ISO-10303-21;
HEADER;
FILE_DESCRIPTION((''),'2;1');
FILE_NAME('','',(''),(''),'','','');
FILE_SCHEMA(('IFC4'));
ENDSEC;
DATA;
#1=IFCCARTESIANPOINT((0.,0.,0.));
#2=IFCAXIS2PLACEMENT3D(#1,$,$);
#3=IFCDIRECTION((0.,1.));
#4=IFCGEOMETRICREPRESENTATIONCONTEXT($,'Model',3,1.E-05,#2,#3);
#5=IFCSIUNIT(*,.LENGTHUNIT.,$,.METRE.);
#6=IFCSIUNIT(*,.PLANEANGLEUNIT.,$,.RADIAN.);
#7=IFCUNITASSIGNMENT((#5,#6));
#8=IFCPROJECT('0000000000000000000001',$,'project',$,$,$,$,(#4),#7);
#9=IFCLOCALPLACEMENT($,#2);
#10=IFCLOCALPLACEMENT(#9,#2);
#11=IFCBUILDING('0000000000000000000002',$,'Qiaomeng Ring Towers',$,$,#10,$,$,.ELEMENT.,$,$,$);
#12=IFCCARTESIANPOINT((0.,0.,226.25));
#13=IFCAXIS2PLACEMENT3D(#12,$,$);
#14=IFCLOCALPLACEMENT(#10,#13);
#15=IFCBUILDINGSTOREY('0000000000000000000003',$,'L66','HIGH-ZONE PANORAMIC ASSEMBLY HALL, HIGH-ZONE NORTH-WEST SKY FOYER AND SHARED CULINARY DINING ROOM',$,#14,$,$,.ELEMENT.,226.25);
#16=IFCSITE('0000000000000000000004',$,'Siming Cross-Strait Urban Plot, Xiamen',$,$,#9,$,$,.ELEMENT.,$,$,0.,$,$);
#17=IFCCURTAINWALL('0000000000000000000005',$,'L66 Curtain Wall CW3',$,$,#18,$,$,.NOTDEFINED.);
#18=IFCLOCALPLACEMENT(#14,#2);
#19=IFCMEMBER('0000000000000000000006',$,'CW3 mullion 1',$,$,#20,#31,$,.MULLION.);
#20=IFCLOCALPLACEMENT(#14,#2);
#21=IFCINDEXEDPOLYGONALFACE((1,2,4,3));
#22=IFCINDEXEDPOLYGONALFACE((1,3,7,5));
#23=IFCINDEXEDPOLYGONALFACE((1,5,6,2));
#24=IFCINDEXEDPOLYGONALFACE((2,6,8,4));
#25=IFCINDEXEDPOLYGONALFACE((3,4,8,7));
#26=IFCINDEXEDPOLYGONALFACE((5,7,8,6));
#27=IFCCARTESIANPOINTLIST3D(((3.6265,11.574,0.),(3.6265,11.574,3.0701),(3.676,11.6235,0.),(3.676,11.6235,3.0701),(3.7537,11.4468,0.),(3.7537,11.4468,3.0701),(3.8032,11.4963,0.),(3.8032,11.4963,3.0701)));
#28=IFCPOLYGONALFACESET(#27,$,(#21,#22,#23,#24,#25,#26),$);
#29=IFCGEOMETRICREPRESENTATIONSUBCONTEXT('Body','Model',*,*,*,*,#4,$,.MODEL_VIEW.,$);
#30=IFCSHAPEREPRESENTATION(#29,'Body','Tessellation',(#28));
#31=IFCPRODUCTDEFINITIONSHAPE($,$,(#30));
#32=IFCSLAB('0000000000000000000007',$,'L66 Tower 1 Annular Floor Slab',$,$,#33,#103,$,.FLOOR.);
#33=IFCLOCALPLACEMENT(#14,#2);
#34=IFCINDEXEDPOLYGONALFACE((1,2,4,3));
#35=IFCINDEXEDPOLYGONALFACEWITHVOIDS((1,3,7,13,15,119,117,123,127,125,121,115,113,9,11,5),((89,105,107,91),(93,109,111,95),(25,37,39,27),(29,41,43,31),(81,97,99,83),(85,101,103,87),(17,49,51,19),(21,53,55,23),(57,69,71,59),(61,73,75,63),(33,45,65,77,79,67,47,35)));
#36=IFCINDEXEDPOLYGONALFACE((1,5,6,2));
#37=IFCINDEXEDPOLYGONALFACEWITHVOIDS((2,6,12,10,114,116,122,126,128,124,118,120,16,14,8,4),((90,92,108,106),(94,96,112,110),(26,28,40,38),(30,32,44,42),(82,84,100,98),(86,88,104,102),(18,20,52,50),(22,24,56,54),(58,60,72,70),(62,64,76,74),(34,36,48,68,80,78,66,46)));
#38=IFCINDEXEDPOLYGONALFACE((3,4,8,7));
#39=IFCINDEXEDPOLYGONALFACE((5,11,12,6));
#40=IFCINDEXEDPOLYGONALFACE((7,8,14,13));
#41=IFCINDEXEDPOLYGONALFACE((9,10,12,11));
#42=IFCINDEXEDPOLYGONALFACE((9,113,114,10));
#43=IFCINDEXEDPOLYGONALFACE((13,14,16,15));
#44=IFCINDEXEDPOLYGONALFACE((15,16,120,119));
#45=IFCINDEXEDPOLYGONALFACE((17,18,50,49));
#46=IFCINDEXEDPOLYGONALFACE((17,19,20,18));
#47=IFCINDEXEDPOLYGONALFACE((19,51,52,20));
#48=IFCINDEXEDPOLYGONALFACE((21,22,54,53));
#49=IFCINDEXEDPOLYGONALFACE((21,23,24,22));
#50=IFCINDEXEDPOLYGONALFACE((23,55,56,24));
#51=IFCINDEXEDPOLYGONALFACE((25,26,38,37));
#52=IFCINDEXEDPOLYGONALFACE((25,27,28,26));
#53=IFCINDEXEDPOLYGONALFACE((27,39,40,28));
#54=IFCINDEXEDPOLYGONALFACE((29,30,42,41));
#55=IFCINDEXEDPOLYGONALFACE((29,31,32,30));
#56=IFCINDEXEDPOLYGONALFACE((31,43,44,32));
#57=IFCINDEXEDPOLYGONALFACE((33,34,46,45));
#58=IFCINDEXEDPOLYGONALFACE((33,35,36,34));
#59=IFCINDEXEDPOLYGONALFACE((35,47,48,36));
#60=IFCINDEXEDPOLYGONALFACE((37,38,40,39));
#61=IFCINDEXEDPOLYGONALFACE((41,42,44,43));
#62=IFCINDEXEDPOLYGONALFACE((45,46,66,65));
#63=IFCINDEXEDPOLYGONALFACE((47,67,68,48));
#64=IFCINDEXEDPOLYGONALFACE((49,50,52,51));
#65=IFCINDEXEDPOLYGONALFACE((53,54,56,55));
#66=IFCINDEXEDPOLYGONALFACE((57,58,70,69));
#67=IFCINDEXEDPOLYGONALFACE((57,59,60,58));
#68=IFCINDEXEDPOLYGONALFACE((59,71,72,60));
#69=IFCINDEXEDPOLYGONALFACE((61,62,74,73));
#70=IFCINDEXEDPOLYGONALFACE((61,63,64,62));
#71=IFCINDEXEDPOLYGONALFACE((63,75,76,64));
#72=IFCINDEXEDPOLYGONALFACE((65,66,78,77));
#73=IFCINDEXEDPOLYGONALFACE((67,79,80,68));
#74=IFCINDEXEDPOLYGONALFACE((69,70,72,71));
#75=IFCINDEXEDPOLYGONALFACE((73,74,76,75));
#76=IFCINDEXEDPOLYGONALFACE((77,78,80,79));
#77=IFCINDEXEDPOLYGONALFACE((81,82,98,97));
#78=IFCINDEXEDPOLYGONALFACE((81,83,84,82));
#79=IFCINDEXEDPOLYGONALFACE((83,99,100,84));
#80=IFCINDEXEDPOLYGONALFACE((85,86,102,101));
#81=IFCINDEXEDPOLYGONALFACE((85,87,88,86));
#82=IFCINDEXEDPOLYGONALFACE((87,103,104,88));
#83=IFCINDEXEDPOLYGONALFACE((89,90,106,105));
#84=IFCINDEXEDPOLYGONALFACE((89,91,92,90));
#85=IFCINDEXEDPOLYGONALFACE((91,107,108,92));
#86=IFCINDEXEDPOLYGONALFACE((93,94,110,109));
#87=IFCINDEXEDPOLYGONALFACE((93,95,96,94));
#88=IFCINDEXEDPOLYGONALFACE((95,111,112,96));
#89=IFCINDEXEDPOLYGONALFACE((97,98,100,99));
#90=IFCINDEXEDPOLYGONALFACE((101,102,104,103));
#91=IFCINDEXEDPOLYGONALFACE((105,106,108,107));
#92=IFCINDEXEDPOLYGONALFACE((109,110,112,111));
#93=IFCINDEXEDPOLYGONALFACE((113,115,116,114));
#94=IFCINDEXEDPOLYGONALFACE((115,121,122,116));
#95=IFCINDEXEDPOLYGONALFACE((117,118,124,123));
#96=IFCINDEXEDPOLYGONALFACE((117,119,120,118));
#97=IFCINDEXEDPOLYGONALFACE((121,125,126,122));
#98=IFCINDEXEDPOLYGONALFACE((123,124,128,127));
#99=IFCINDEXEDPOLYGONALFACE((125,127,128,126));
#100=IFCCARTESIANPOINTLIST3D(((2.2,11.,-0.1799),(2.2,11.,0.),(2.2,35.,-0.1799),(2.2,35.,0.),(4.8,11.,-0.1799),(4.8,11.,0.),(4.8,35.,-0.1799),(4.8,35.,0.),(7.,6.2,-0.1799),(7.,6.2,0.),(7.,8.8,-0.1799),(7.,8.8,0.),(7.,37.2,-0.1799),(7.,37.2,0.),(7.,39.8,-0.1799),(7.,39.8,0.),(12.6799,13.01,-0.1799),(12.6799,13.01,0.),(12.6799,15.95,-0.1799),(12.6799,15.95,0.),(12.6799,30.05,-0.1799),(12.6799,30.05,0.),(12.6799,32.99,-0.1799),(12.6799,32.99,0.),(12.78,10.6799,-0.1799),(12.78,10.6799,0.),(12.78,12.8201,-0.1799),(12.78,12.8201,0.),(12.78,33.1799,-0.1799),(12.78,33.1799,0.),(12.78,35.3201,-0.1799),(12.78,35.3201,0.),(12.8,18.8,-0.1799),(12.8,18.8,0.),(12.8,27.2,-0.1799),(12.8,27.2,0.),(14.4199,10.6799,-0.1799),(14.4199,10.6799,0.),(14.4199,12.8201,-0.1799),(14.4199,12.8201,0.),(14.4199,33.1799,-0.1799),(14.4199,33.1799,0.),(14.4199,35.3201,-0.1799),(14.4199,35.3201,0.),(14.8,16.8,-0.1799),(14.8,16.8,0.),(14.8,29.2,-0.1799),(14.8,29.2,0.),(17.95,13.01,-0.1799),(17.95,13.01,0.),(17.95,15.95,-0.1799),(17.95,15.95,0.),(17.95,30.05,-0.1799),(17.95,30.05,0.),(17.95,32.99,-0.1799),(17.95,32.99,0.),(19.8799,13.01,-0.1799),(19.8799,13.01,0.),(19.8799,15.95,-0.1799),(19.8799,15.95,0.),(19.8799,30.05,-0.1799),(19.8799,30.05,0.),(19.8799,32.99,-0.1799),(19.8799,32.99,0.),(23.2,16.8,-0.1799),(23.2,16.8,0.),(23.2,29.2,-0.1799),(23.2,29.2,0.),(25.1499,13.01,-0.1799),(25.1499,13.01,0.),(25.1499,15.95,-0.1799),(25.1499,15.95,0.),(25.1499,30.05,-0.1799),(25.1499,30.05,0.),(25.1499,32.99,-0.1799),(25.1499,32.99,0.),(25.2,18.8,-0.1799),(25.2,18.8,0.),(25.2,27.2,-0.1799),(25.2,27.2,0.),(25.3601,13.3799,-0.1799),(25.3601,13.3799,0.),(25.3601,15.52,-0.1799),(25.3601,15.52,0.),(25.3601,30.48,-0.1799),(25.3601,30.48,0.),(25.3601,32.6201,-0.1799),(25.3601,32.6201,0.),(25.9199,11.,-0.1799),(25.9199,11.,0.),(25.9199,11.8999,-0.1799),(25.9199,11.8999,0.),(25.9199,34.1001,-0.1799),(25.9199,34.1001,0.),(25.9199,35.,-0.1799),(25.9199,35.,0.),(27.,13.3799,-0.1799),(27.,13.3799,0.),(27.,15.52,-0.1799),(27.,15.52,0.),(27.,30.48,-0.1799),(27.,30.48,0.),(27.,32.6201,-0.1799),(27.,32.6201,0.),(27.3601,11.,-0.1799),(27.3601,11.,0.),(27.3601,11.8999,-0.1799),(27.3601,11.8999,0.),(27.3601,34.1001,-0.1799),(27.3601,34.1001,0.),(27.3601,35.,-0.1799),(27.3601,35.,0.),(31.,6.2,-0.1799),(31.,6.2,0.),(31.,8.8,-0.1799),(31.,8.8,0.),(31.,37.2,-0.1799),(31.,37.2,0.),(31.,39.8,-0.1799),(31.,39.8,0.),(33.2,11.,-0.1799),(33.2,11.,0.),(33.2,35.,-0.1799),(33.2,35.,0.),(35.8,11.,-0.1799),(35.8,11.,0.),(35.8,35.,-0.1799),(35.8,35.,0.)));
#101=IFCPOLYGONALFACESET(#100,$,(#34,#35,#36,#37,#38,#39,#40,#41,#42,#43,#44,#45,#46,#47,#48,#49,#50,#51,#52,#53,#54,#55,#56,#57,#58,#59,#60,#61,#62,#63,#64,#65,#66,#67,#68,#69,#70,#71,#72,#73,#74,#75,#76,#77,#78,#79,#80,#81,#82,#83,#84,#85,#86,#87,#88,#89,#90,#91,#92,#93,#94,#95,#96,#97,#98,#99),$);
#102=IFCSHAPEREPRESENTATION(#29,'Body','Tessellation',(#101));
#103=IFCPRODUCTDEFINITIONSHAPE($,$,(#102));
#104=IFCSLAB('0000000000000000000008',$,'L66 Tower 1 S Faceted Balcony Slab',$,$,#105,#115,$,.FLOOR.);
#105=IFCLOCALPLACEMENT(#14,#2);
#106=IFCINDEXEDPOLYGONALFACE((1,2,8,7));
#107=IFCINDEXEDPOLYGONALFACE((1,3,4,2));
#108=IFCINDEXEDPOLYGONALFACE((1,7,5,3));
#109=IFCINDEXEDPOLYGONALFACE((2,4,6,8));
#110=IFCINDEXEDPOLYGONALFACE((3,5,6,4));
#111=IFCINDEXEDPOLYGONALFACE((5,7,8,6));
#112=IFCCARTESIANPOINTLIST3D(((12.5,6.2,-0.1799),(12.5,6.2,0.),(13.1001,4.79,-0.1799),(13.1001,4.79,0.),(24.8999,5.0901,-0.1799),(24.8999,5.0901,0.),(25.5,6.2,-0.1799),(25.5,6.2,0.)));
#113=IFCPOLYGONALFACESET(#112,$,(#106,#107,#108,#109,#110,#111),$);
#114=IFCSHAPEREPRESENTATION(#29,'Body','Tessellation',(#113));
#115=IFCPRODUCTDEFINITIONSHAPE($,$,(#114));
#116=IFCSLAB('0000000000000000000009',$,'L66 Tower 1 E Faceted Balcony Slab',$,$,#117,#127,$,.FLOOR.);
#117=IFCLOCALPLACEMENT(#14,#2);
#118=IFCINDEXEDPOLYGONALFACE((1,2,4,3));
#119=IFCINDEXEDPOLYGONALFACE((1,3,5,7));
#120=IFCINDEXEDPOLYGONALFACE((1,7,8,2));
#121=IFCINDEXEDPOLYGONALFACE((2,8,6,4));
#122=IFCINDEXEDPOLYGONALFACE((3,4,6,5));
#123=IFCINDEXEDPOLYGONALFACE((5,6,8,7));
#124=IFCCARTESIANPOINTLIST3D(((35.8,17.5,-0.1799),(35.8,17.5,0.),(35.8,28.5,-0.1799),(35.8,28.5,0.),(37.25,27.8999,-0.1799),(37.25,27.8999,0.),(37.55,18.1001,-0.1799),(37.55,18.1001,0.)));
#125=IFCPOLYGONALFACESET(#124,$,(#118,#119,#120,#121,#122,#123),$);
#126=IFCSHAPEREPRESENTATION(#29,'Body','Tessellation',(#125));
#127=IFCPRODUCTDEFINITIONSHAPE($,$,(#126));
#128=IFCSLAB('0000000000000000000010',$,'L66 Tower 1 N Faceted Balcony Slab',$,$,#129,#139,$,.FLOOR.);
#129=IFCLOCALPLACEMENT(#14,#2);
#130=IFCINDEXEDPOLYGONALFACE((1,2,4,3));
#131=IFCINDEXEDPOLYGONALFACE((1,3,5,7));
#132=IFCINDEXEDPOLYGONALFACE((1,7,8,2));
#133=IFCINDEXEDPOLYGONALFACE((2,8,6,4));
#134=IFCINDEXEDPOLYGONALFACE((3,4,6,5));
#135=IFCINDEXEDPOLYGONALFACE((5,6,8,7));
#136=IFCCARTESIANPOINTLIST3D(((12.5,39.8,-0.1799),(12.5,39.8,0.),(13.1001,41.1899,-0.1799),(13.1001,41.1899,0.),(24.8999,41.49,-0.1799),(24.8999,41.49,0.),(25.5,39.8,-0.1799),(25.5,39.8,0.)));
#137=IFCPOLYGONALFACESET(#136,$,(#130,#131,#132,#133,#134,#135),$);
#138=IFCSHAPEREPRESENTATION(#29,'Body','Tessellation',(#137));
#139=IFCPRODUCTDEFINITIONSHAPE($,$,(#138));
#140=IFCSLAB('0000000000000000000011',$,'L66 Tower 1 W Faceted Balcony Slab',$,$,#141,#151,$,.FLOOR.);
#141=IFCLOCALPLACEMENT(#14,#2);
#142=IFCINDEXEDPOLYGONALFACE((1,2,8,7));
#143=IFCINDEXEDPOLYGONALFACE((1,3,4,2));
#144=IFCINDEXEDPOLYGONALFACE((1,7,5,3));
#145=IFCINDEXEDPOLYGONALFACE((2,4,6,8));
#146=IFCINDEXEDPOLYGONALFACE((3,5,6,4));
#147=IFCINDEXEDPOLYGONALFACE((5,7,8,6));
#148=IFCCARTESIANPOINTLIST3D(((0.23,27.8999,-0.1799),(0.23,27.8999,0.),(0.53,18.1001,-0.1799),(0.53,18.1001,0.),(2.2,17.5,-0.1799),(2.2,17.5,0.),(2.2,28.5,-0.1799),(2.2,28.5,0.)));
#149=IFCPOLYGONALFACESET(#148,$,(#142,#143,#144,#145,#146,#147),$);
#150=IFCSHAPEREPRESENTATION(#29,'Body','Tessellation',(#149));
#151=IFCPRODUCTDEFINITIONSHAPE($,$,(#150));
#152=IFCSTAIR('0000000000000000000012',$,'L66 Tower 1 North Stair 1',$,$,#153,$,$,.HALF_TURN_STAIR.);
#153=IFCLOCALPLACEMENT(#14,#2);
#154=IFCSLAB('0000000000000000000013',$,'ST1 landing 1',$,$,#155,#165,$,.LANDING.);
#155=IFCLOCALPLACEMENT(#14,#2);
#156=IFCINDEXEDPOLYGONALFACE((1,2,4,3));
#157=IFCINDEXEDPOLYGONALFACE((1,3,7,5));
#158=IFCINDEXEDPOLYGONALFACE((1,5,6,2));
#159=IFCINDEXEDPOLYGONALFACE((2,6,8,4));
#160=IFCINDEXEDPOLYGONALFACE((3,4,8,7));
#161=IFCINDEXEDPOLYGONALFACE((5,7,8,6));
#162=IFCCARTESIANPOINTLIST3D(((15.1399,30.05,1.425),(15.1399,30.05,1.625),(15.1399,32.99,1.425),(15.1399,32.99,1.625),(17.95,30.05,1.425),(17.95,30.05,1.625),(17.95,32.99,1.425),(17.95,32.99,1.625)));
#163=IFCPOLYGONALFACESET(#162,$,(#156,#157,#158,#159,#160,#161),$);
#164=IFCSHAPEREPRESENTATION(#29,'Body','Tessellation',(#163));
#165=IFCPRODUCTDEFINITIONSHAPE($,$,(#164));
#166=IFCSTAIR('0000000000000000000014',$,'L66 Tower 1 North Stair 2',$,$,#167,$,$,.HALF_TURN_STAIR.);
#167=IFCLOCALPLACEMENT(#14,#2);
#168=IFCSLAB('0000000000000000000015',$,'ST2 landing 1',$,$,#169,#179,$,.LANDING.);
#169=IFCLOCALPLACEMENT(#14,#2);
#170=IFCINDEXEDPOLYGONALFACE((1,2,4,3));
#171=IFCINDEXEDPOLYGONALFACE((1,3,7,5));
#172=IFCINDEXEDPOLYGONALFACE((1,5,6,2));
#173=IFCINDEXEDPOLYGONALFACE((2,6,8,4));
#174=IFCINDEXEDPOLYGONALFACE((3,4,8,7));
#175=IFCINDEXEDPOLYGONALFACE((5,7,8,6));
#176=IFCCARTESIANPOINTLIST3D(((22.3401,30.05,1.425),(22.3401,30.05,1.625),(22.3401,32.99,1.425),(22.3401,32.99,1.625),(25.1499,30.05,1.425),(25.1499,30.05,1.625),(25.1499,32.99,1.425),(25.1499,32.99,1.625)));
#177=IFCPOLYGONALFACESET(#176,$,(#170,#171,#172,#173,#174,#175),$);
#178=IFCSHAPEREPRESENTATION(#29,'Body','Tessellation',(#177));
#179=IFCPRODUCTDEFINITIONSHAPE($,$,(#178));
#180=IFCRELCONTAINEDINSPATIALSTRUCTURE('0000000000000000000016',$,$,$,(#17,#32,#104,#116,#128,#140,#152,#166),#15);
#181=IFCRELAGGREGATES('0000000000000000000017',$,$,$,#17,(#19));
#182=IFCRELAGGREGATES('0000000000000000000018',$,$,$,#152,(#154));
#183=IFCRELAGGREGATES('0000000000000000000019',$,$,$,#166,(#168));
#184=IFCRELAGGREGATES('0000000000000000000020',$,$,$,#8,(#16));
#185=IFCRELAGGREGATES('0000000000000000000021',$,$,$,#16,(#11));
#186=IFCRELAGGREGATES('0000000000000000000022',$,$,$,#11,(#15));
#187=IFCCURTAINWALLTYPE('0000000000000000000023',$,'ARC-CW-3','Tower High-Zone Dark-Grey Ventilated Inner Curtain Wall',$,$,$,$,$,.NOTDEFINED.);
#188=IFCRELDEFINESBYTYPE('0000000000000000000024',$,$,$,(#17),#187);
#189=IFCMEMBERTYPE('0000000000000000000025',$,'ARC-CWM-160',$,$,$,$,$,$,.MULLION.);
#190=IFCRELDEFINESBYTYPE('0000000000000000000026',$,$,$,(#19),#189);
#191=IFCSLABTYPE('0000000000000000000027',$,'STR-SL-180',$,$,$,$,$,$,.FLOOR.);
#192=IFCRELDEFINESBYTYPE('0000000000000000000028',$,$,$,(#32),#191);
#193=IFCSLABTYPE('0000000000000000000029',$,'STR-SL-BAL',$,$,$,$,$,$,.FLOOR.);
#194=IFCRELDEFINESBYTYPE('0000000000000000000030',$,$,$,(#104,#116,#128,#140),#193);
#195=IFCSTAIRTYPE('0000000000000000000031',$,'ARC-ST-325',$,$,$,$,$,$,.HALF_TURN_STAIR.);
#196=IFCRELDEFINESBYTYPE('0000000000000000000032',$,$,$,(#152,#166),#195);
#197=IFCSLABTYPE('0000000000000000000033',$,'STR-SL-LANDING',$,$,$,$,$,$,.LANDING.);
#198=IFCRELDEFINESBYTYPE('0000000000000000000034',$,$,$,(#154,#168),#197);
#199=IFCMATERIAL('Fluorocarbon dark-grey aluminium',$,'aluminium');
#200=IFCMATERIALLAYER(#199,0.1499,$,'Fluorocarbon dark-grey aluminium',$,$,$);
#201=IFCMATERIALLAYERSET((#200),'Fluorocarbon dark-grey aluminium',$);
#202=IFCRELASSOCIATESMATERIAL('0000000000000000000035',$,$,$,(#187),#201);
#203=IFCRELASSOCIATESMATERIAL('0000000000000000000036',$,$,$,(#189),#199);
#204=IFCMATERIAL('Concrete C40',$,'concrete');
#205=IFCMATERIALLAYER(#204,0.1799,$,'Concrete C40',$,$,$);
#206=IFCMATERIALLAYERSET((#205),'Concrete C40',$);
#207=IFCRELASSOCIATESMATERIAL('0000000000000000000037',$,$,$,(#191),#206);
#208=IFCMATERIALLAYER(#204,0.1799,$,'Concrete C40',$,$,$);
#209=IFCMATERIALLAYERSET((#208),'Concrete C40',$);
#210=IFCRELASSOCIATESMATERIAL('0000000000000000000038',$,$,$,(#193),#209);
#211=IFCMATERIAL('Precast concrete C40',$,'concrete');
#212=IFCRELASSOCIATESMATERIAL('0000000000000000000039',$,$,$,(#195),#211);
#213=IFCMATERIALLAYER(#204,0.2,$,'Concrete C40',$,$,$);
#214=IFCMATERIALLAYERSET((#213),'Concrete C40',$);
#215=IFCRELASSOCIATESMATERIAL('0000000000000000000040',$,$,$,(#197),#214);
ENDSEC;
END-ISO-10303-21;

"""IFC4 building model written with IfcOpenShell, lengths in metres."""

from ifc_helpers import new_model, si_unit, direction, frame, origin, origin_2d, place, context, subcontext, project, spatial, polyline, rectangle, outline, extrude, source, transform, mapped, material, layer, layer_set, material_profile, profile_set, type_object, element, aggregate, save


model = new_model("IFC4")

# Units and contexts
model_context = context("Model", 3, precision=1e-05, world=origin(), true_north=direction((0.0, 1.0)))
body_context = subcontext(model_context, "Body", "Model", "MODEL_VIEW")
ifc_project = project(units=[si_unit("LENGTHUNIT", "METRE"), si_unit("PLANEANGLEUNIT", "RADIAN")], contexts=[model_context])

# Site, building, storey
site_placement = place(None, origin())
site = spatial("IfcSite", under=ifc_project, at=site_placement, Name="Siming Cross-Strait Urban Plot, Xiamen", CompositionType="ELEMENT", RefElevation=0.0)
building_placement = place(site_placement, origin())
building = spatial("IfcBuilding", under=site, at=building_placement, Name="Qiaomeng Ring Towers", CompositionType="ELEMENT")
storey_placement = place(building_placement, frame((0.0, 0.0, 226.25)))
storey = spatial("IfcBuildingStorey", under=building, at=storey_placement, Name="L66", Description="HIGH-ZONE PANORAMIC ASSEMBLY HALL, HIGH-ZONE NORTH-WEST SKY FOYER AND SHARED CULINARY DINING ROOM", CompositionType="ELEMENT", Elevation=226.25)

# Curtain wall, member
ifc_material_1 = material(Name="Fluorocarbon dark-grey aluminium", Category="aluminium")
ifc_layer_1 = layer(ifc_material_1, 0.1499, Name="Fluorocarbon dark-grey aluminium")
ifc_layer_set_1 = layer_set([ifc_layer_1], Name="Fluorocarbon dark-grey aluminium")
curtain_wall_type = type_object("IfcCurtainWallType", Name="ARC-CW-3", Description="Tower High-Zone Dark-Grey Ventilated Inner Curtain Wall", PredefinedType="NOTDEFINED", material=ifc_layer_set_1)
curtain_wall_placement = place(storey_placement, origin())
curtain_wall = element("IfcCurtainWall", 1, at=curtain_wall_placement, inside=storey, type_object=curtain_wall_type, Name="L66 Curtain Wall CW3", PredefinedType="NOTDEFINED")
ifc_material_profile = material_profile(ifc_material_1, rectangle(XDim=0.0701, YDim=0.1799, at=origin_2d()), Name="ALU MULL 70x180")
ifc_profile_set = profile_set([ifc_material_profile], Name="Fluorocarbon dark-grey aluminium")
member_type = type_object("IfcMemberType", Name="ARC-CWM-160", PredefinedType="MULLION", material=ifc_profile_set)
shared_shape_1 = source(origin(), body_context, "Body", "SweptSolid", [
    extrude(rectangle(XDim=0.0701, YDim=0.1799, at=origin_2d()), origin(), (0.0, 0.0, 1.0), 3.0701),
])
member_placement = place(storey_placement, frame((3.7148, 11.5352, 0.0), z_axis=(0.0, 0.0, 1.0), x_axis=(0.707107, 0.707107, 0.0)))
member = element("IfcMember", 2, at=member_placement, type_object=member_type, Name="CW3 mullion 1", PredefinedType="MULLION", context=body_context, shape_type="MappedRepresentation", body=[
    mapped(shared_shape_1, transform((0.0, 0.0, 0.0), x_axis=(1.0, 0.0, 0.0), y_axis=(0.0, 1.0, 0.0), z_axis=(0.0, 0.0, 1.0), scale=1.0)),
])
aggregate(curtain_wall, [member])

# Slabs
ifc_material_2 = material(Name="Concrete C40", Category="concrete")
ifc_layer_2 = layer(ifc_material_2, 0.1799, Name="Concrete C40")
ifc_layer_set_2 = layer_set([ifc_layer_2], Name="Concrete C40")
slab_type_1 = type_object("IfcSlabType", Name="STR-SL-180", PredefinedType="FLOOR", material=ifc_layer_set_2)
slab_1_placement = place(storey_placement, frame((0.0, 0.0, -0.1799)))
element("IfcSlab", 3, at=slab_1_placement, inside=storey, type_object=slab_type_1, Name="L66 Tower 1 Annular Floor Slab", PredefinedType="FLOOR", context=body_context, shape_type="SweptSolid", body=[
    extrude(outline(polyline([(7.0, 6.2), (31.0, 6.2), (31.0, 8.8), (33.2, 11.0), (35.8, 11.0), (35.8, 35.0), (33.2, 35.0), (31.0, 37.2), (31.0, 39.8), (7.0, 39.8), (7.0, 37.2), (4.8, 35.0), (2.2, 35.0), (2.2, 11.0), (4.8, 11.0), (7.0, 8.8), (7.0, 6.2)]), holes=[polyline([(12.78, 10.6799), (12.78, 12.8201), (14.4199, 12.8201), (14.4199, 10.6799), (12.78, 10.6799)]), polyline([(12.6799, 13.01), (12.6799, 15.95), (17.95, 15.95), (17.95, 13.01), (12.6799, 13.01)]), polyline([(23.2, 29.2), (25.2, 27.2), (25.2, 18.8), (23.2, 16.8), (14.8, 16.8), (12.8, 18.8), (12.8, 27.2), (14.8, 29.2), (23.2, 29.2)]), polyline([(12.6799, 32.99), (17.95, 32.99), (17.95, 30.05), (12.6799, 30.05), (12.6799, 32.99)]), polyline([(19.8799, 32.99), (25.1499, 32.99), (25.1499, 30.05), (19.8799, 30.05), (19.8799, 32.99)]), polyline([(12.78, 33.1799), (12.78, 35.3201), (14.4199, 35.3201), (14.4199, 33.1799), (12.78, 33.1799)]), polyline([(25.9199, 11.8999), (27.3601, 11.8999), (27.3601, 11.0), (25.9199, 11.0), (25.9199, 11.8999)]), polyline([(25.3601, 15.52), (27.0, 15.52), (27.0, 13.3799), (25.3601, 13.3799), (25.3601, 15.52)]), polyline([(19.8799, 13.01), (19.8799, 15.95), (25.1499, 15.95), (25.1499, 13.01), (19.8799, 13.01)]), polyline([(25.3601, 32.6201), (27.0, 32.6201), (27.0, 30.48), (25.3601, 30.48), (25.3601, 32.6201)]), polyline([(25.9199, 35.0), (27.3601, 35.0), (27.3601, 34.1001), (25.9199, 34.1001), (25.9199, 35.0)])]), origin(), (0.0, 0.0, 1.0), 0.1799),
])
ifc_layer_3 = layer(ifc_material_2, 0.1799, Name="Concrete C40")
ifc_layer_set_3 = layer_set([ifc_layer_3], Name="Concrete C40")
slab_type_2 = type_object("IfcSlabType", Name="STR-SL-BAL", PredefinedType="FLOOR", material=ifc_layer_set_3)
slab_2_placement = place(storey_placement, frame((0.0, 0.0, -0.1799)))
element("IfcSlab", 4, at=slab_2_placement, inside=storey, type_object=slab_type_2, Name="L66 Tower 1 S Faceted Balcony Slab", PredefinedType="FLOOR", context=body_context, shape_type="SweptSolid", body=[
    extrude(outline(polyline([(25.5, 6.2), (24.8999, 5.0901), (13.1001, 4.79), (12.5, 6.2), (25.5, 6.2)])), origin(), (0.0, 0.0, 1.0), 0.1799),
])
slab_3_placement = place(storey_placement, frame((0.0, 0.0, -0.1799)))
element("IfcSlab", 5, at=slab_3_placement, inside=storey, type_object=slab_type_2, Name="L66 Tower 1 E Faceted Balcony Slab", PredefinedType="FLOOR", context=body_context, shape_type="SweptSolid", body=[
    extrude(outline(polyline([(37.25, 27.8999), (37.55, 18.1001), (35.8, 17.5), (35.8, 28.5), (37.25, 27.8999)])), origin(), (0.0, 0.0, 1.0), 0.1799),
])
slab_4_placement = place(storey_placement, frame((0.0, 0.0, -0.1799)))
element("IfcSlab", 6, at=slab_4_placement, inside=storey, type_object=slab_type_2, Name="L66 Tower 1 N Faceted Balcony Slab", PredefinedType="FLOOR", context=body_context, shape_type="SweptSolid", body=[
    extrude(outline(polyline([(12.5, 39.8), (13.1001, 41.1899), (24.8999, 41.49), (25.5, 39.8), (12.5, 39.8)])), origin(), (0.0, 0.0, 1.0), 0.1799),
])
slab_5_placement = place(storey_placement, frame((0.0, 0.0, -0.1799)))
element("IfcSlab", 7, at=slab_5_placement, inside=storey, type_object=slab_type_2, Name="L66 Tower 1 W Faceted Balcony Slab", PredefinedType="FLOOR", context=body_context, shape_type="SweptSolid", body=[
    extrude(outline(polyline([(0.53, 18.1001), (0.23, 27.8999), (2.2, 28.5), (2.2, 17.5), (0.53, 18.1001)])), origin(), (0.0, 0.0, 1.0), 0.1799),
])

# Stairs, slabs
ifc_material_3 = material(Name="Precast concrete C40", Category="concrete")
stair_type = type_object("IfcStairType", Name="ARC-ST-325", PredefinedType="HALF_TURN_STAIR", material=ifc_material_3)
stair_1_placement = place(storey_placement, origin())
stair_1 = element("IfcStair", 8, at=stair_1_placement, inside=storey, type_object=stair_type, Name="L66 Tower 1 North Stair 1", PredefinedType="HALF_TURN_STAIR")
ifc_layer_4 = layer(ifc_material_2, 0.2, Name="Concrete C40")
ifc_layer_set_4 = layer_set([ifc_layer_4], Name="Concrete C40")
slab_type_3 = type_object("IfcSlabType", Name="STR-SL-LANDING", PredefinedType="LANDING", material=ifc_layer_set_4)
slab_6_placement = place(storey_placement, frame((0.0, 0.0, 1.425)))
slab_6 = element("IfcSlab", 9, at=slab_6_placement, type_object=slab_type_3, Name="ST1 landing 1", PredefinedType="LANDING", context=body_context, shape_type="SweptSolid", body=[
    extrude(outline(polyline([(15.1399, 30.05), (17.95, 30.05), (17.95, 32.99), (15.1399, 32.99), (15.1399, 30.05)])), origin(), (0.0, 0.0, 1.0), 0.2),
])
aggregate(stair_1, [slab_6])
stair_2_placement = place(storey_placement, origin())
stair_2 = element("IfcStair", 10, at=stair_2_placement, inside=storey, type_object=stair_type, Name="L66 Tower 1 North Stair 2", PredefinedType="HALF_TURN_STAIR")
slab_7_placement = place(storey_placement, frame((0.0, 0.0, 1.425)))
slab_7 = element("IfcSlab", 11, at=slab_7_placement, type_object=slab_type_3, Name="ST2 landing 1", PredefinedType="LANDING", context=body_context, shape_type="SweptSolid", body=[
    extrude(outline(polyline([(22.3401, 30.05), (25.1499, 30.05), (25.1499, 32.99), (22.3401, 32.99), (22.3401, 30.05)])), origin(), (0.0, 0.0, 1.0), 0.2),
])
aggregate(stair_2, [slab_7])

save(model, "model.ifc")
